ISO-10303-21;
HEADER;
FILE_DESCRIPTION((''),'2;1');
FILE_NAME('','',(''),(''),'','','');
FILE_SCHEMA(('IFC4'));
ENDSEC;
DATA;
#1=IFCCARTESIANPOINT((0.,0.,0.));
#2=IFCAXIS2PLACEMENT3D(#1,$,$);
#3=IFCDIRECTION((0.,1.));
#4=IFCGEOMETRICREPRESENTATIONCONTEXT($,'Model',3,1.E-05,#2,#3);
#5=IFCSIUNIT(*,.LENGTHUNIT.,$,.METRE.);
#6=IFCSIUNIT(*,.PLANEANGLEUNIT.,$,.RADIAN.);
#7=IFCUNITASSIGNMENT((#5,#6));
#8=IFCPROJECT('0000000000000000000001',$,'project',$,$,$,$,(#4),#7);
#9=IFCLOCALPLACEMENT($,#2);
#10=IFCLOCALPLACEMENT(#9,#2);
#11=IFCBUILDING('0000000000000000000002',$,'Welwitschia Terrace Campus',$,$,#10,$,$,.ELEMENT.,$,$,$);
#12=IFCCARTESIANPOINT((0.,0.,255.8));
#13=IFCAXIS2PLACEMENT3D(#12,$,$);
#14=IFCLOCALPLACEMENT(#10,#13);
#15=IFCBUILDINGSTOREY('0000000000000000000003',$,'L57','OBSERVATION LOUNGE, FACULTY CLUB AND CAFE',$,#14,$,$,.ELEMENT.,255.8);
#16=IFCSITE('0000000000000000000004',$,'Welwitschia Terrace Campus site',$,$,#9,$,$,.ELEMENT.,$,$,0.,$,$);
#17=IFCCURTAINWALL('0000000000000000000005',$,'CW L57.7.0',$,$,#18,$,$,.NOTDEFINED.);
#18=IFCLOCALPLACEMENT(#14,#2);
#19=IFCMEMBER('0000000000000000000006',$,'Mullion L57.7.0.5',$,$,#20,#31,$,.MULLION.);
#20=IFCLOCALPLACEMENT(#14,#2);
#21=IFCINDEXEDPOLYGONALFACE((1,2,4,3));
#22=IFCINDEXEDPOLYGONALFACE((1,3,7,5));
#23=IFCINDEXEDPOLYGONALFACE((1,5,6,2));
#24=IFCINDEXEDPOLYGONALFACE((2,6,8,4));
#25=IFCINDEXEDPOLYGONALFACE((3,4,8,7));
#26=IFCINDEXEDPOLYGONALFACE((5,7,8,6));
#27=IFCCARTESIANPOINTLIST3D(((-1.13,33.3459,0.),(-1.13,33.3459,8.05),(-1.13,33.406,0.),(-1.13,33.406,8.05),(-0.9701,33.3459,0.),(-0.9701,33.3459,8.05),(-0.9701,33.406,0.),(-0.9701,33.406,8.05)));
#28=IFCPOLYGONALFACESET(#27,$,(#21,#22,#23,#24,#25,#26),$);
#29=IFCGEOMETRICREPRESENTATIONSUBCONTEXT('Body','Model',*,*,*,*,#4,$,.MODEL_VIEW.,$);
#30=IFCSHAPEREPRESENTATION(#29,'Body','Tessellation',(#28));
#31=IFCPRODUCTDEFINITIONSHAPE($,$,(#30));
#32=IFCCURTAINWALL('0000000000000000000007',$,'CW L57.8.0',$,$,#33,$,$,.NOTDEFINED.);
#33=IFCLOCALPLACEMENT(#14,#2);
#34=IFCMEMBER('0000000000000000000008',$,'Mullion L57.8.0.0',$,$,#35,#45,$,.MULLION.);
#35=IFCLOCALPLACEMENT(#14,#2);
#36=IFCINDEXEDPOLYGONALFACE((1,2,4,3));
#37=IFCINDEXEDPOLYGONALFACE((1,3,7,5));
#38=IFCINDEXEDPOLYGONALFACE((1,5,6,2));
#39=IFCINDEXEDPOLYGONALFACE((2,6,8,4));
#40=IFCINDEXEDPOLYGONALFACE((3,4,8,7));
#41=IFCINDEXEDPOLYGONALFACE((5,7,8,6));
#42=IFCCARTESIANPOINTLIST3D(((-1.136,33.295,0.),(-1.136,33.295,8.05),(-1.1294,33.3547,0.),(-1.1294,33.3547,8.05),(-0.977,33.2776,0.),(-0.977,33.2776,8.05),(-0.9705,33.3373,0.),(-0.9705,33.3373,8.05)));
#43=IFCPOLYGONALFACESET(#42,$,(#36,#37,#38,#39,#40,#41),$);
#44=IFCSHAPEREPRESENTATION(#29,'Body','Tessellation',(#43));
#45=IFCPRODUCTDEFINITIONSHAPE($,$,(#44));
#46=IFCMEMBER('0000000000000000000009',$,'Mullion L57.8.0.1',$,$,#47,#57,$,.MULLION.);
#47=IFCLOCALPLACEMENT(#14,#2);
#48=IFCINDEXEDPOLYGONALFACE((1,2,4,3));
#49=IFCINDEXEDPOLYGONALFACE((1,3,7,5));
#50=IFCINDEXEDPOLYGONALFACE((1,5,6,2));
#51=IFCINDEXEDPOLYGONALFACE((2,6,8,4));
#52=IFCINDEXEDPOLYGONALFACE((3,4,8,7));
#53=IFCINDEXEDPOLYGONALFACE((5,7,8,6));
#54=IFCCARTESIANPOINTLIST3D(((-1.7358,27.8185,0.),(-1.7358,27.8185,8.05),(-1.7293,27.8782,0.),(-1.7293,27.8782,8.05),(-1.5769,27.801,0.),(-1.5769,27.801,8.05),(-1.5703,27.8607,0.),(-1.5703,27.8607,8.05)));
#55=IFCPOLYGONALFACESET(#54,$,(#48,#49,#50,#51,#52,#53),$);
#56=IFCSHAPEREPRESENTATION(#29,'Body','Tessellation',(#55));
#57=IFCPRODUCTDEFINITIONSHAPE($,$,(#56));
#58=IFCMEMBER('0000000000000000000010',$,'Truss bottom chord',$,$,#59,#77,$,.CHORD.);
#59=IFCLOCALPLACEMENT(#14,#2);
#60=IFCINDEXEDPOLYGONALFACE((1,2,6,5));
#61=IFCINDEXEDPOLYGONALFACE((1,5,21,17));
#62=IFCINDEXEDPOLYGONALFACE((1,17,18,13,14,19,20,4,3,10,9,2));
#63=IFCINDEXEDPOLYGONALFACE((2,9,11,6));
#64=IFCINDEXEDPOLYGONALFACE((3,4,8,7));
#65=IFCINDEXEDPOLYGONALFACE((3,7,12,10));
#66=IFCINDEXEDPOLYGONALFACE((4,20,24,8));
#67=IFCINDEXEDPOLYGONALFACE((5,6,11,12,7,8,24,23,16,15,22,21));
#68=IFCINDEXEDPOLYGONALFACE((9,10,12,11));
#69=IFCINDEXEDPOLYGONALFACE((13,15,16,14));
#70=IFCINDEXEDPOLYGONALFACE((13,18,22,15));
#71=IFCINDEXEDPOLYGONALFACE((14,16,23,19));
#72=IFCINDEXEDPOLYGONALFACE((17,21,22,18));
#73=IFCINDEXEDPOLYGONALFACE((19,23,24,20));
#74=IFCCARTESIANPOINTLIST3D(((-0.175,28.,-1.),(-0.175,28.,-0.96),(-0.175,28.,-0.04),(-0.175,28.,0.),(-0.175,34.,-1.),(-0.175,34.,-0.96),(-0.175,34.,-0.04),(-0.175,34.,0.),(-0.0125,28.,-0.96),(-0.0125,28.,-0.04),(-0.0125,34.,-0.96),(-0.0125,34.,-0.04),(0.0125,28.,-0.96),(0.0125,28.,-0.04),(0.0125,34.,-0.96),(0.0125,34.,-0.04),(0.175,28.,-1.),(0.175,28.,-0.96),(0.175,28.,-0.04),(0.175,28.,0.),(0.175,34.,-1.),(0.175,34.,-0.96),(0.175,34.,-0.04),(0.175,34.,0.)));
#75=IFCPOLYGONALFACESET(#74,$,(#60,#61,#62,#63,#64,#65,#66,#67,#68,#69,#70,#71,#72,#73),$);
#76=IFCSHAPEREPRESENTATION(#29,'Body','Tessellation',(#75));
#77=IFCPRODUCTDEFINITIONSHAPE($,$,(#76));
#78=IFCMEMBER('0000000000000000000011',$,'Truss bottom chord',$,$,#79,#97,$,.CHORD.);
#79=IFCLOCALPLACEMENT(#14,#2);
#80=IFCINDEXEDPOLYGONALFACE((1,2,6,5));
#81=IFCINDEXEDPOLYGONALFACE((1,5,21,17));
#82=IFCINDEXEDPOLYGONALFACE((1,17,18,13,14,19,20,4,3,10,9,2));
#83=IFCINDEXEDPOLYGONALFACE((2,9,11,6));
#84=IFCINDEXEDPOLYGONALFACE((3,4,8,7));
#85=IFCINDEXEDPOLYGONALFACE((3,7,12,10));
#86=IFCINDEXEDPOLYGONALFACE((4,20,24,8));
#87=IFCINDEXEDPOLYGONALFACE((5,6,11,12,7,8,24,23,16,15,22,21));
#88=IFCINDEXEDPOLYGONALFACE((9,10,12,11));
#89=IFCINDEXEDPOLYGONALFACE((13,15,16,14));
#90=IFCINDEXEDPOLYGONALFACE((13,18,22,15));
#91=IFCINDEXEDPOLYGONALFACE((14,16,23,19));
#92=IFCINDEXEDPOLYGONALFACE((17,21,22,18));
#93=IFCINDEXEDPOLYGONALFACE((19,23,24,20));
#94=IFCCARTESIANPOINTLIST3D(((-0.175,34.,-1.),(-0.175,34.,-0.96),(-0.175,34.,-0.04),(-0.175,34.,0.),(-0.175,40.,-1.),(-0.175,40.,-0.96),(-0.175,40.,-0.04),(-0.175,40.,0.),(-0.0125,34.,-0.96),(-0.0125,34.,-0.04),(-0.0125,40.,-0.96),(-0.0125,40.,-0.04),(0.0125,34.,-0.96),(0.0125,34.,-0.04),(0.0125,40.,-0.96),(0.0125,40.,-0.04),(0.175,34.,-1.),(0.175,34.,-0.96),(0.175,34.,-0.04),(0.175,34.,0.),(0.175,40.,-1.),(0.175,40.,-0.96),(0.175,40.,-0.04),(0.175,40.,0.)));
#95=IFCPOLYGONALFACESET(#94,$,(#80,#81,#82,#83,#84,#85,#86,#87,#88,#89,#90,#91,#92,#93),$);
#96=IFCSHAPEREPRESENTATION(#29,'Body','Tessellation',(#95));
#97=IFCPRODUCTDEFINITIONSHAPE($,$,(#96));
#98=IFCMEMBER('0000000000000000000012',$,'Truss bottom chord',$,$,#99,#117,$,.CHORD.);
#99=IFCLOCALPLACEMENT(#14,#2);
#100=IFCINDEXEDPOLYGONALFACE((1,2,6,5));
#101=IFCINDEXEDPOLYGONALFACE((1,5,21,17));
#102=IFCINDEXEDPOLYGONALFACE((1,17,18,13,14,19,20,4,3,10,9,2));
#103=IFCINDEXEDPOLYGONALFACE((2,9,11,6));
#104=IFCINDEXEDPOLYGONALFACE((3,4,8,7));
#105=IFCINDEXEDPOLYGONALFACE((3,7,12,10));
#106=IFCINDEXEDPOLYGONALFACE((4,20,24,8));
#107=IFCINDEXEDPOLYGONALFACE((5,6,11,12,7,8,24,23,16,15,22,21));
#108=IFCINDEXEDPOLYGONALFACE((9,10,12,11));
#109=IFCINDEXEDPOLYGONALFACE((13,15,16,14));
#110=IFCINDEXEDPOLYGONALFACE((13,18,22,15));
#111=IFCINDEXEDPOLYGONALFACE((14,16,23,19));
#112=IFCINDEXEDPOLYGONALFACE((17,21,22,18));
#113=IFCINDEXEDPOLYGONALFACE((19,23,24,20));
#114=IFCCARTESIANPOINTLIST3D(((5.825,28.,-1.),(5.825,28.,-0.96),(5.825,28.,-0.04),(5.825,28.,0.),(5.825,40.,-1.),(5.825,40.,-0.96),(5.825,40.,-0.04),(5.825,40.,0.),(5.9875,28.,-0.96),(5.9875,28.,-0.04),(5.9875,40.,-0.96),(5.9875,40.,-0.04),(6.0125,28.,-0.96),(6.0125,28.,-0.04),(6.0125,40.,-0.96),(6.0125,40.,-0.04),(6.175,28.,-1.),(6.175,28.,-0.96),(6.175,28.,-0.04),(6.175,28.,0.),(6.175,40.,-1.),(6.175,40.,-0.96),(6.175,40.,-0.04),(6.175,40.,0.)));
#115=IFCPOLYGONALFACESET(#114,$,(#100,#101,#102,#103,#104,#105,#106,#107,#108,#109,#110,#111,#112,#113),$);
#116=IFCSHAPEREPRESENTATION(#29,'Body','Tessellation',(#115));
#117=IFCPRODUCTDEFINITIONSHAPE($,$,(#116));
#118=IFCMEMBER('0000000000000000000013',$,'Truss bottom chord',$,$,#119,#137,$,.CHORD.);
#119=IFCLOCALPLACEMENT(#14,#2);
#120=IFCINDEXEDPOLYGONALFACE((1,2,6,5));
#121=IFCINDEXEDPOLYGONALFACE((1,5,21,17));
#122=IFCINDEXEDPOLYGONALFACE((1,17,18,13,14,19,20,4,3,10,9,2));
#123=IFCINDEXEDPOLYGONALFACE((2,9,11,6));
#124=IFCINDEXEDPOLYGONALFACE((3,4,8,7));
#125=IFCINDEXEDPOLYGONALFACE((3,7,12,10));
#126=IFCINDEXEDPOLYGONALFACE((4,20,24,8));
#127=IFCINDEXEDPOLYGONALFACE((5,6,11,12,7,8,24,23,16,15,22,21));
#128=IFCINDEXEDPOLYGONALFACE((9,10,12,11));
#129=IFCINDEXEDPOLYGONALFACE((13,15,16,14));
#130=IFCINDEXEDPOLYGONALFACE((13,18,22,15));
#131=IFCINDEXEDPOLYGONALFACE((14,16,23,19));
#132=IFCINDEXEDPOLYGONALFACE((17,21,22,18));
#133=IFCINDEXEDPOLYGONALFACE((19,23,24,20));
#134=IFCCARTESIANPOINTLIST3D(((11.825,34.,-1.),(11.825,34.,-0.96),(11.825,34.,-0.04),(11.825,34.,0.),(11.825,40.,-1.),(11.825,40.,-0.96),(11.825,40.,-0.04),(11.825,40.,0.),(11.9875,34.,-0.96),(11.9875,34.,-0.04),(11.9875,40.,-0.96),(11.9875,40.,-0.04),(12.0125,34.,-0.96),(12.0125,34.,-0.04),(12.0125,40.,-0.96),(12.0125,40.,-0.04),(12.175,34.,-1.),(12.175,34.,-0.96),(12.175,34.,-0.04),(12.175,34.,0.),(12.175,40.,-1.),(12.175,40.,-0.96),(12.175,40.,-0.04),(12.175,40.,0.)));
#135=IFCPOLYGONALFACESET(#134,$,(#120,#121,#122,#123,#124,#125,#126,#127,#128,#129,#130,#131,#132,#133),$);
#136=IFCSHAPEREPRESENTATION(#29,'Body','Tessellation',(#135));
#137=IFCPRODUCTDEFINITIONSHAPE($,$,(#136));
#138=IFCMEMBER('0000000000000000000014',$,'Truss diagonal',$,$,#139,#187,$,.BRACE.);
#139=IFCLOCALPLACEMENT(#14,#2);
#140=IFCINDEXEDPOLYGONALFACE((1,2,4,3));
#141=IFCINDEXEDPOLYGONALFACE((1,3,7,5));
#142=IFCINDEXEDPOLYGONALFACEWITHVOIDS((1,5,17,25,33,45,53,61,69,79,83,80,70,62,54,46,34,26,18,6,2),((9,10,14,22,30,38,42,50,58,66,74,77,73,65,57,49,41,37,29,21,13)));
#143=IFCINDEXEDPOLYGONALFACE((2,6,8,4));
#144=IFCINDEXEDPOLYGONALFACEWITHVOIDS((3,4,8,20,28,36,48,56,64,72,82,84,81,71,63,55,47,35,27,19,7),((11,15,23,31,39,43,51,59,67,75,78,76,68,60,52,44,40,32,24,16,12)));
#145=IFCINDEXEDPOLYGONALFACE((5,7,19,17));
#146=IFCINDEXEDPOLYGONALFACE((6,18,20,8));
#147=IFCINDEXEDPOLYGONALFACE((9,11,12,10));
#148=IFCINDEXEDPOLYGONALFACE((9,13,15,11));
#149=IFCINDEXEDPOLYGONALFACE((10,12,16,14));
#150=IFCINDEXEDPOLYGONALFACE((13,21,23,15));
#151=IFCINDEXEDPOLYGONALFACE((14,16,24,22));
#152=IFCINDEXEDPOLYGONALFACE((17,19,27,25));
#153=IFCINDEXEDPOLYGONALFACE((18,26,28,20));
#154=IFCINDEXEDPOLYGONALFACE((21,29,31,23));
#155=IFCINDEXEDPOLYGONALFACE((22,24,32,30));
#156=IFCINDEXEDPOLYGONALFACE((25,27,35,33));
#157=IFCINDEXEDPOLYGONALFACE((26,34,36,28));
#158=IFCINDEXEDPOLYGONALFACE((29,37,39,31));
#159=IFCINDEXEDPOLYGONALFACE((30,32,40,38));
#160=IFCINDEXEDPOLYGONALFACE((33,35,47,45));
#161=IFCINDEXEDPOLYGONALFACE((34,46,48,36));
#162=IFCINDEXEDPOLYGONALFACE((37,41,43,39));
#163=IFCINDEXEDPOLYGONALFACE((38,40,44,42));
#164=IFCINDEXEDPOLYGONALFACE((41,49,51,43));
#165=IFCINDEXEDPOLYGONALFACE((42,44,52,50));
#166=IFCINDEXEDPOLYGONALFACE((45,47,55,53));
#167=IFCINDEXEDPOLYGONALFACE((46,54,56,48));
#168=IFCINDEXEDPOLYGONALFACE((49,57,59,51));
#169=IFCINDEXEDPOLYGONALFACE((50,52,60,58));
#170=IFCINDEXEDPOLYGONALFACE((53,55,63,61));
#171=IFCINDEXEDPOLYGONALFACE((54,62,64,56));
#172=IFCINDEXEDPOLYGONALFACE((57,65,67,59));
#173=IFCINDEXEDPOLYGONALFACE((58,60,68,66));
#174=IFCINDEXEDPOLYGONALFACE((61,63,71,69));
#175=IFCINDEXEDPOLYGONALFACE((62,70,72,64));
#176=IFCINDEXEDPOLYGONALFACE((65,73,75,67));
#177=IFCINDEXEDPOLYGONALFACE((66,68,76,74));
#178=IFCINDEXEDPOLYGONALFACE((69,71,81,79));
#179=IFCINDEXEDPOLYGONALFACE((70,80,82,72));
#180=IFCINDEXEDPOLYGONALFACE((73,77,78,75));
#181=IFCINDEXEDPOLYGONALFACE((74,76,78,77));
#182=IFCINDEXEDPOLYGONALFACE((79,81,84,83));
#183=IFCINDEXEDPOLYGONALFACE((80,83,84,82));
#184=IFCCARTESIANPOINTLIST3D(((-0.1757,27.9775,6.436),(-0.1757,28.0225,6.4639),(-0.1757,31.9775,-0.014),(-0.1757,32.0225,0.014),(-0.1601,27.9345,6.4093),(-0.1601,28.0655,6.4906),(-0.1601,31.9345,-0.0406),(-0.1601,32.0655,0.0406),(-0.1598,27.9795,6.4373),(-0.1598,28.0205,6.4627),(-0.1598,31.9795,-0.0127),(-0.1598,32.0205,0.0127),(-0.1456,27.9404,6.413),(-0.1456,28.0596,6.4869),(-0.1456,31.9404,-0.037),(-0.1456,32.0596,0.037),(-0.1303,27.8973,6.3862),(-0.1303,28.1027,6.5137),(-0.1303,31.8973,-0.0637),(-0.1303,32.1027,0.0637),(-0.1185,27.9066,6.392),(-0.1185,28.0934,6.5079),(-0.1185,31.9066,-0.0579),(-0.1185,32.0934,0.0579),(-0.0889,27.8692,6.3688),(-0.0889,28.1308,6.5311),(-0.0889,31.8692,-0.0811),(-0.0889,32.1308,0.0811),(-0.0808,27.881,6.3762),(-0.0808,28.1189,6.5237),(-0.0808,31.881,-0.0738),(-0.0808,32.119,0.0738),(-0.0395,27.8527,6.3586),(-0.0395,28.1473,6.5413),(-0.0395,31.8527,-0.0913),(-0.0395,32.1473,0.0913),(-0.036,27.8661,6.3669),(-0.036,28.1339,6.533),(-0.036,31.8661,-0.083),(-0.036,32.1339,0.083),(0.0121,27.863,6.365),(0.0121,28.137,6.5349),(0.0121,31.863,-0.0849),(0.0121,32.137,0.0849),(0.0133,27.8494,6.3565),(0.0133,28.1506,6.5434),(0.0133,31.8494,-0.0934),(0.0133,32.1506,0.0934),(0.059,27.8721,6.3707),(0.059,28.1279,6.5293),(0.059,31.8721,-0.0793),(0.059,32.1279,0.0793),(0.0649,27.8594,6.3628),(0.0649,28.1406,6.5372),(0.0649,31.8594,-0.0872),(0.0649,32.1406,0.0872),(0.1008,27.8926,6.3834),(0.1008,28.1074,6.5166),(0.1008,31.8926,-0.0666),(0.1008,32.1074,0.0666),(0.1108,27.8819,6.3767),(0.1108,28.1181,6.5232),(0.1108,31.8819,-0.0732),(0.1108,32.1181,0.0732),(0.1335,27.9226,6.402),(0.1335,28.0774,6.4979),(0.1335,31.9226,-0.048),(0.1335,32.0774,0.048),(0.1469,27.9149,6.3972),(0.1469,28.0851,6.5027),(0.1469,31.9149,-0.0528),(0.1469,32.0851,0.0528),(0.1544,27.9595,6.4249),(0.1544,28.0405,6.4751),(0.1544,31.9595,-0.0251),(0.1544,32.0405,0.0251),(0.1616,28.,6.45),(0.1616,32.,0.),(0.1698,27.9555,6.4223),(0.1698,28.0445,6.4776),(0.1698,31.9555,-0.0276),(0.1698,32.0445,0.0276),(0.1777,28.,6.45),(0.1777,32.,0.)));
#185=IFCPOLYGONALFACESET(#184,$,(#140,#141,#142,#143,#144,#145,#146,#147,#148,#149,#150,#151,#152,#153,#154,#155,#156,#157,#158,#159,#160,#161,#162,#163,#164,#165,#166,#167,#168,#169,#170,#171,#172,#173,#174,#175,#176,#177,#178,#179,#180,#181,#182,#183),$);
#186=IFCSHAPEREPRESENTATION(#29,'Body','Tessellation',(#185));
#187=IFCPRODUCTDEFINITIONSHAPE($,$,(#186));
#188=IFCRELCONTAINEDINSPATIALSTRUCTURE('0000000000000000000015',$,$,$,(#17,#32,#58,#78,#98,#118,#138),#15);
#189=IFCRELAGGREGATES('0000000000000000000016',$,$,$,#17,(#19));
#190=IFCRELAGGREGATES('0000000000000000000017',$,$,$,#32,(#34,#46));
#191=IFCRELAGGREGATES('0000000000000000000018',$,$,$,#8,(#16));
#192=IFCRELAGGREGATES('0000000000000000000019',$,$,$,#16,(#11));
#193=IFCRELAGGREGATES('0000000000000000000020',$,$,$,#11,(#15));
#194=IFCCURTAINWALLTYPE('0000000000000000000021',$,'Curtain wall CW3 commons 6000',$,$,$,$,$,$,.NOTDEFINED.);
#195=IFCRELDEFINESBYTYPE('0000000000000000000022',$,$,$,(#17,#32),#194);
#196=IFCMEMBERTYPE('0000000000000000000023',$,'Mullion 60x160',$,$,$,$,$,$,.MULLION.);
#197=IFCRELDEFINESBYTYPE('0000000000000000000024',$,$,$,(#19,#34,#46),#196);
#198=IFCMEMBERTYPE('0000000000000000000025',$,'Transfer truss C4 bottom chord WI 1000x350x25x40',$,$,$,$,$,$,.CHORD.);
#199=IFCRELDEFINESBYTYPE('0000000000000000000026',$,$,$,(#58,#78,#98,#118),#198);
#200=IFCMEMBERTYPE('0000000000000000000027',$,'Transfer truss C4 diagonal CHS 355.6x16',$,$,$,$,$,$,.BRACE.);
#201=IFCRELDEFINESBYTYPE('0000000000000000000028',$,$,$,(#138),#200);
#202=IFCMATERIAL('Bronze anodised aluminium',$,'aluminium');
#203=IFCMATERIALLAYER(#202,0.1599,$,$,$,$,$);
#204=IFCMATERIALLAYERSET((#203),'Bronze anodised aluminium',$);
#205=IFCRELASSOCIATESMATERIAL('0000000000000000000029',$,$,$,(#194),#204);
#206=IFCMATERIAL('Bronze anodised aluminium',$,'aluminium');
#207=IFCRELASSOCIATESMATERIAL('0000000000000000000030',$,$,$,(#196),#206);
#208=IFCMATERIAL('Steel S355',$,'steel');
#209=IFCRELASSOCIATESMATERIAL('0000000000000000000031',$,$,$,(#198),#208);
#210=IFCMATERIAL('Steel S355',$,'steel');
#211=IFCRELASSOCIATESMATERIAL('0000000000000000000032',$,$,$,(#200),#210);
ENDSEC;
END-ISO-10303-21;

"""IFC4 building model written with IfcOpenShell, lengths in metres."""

from ifc_helpers import new_model, si_unit, direction, frame, origin, origin_2d, place, context, subcontext, project, spatial, rectangle, hollow_circle, i_section, extrude, material, layer, layer_set, material_profile, profile_set, type_object, element, aggregate, save


model = new_model("IFC4")

# Units and contexts
model_context = context("Model", 3, precision=1e-05, world=origin(), true_north=direction((0.0, 1.0)))
body_context = subcontext(model_context, "Body", "Model", "MODEL_VIEW")
ifc_project = project(units=[si_unit("LENGTHUNIT", "METRE"), si_unit("PLANEANGLEUNIT", "RADIAN")], contexts=[model_context])

# Site, building, storey
site_placement = place(None, origin())
site = spatial("IfcSite", under=ifc_project, at=site_placement, Name="Welwitschia Terrace Campus site", CompositionType="ELEMENT", RefElevation=0.0)
building_placement = place(site_placement, origin())
building = spatial("IfcBuilding", under=site, at=building_placement, Name="Welwitschia Terrace Campus", CompositionType="ELEMENT")
storey_placement = place(building_placement, frame((0.0, 0.0, 255.8)))
storey = spatial("IfcBuildingStorey", under=building, at=storey_placement, Name="L57", Description="OBSERVATION LOUNGE, FACULTY CLUB AND CAFE", CompositionType="ELEMENT", Elevation=255.8)

# Curtain wall, member
ifc_material_1 = material(Name="Bronze anodised aluminium", Category="aluminium")
ifc_layer_1 = layer(ifc_material_1, 0.1599)
ifc_layer_set_1 = layer_set([ifc_layer_1], Name="Bronze anodised aluminium")
curtain_wall_type = type_object("IfcCurtainWallType", Name="Curtain wall CW3 commons 6000", PredefinedType="NOTDEFINED", material=ifc_layer_set_1)
curtain_wall_1_placement = place(storey_placement, origin())
curtain_wall_1 = element("IfcCurtainWall", 1, at=curtain_wall_1_placement, inside=storey, type_object=curtain_wall_type, Name="CW L57.7.0", PredefinedType="NOTDEFINED")
ifc_material_2 = material(Name="Bronze anodised aluminium", Category="aluminium")
ifc_material_profile_1 = material_profile(ifc_material_2, rectangle(XDim=0.1599, YDim=0.0601, at=origin_2d()))
ifc_profile_set_1 = profile_set([ifc_material_profile_1], Name="Bronze anodised aluminium")
member_type_1 = type_object("IfcMemberType", Name="Mullion 60x160", PredefinedType="MULLION", material=ifc_profile_set_1)
member_1_placement = place(storey_placement, frame((-1.05, 33.376, 0.0), z_axis=(0.0, 0.0, 1.0), x_axis=(1.0, 0.0, 0.0)))
member_1 = element("IfcMember", 2, at=member_1_placement, type_object=member_type_1, Name="Mullion L57.7.0.5", PredefinedType="MULLION", context=body_context, shape_type="SweptSolid", body=[
    extrude(rectangle(XDim=0.1599, YDim=0.0601, at=origin_2d()), origin(), (0.0, 0.0, 1.0), 8.05),
])
aggregate(curtain_wall_1, [member_1])

# Curtain wall, members
curtain_wall_2_placement = place(storey_placement, origin())
curtain_wall_2 = element("IfcCurtainWall", 3, at=curtain_wall_2_placement, inside=storey, type_object=curtain_wall_type, Name="CW L57.8.0", PredefinedType="NOTDEFINED")
member_2_placement = place(storey_placement, frame((-1.0532, 33.3162, 0.0), z_axis=(0.0, 0.0, 1.0), x_axis=(0.994056, -0.108867, 0.0)))
member_2 = element("IfcMember", 4, at=member_2_placement, type_object=member_type_1, Name="Mullion L57.8.0.0", PredefinedType="MULLION", context=body_context, shape_type="SweptSolid", body=[
    extrude(rectangle(XDim=0.1599, YDim=0.0601, at=origin_2d()), origin(), (0.0, 0.0, 1.0), 8.05),
])
member_3_placement = place(storey_placement, frame((-1.6531, 27.8396, 0.0), z_axis=(0.0, 0.0, 1.0), x_axis=(0.994056, -0.108867, 0.0)))
member_3 = element("IfcMember", 5, at=member_3_placement, type_object=member_type_1, Name="Mullion L57.8.0.1", PredefinedType="MULLION", context=body_context, shape_type="SweptSolid", body=[
    extrude(rectangle(XDim=0.1599, YDim=0.0601, at=origin_2d()), origin(), (0.0, 0.0, 1.0), 8.05),
])

# Members
ifc_material_3 = material(Name="Steel S355", Category="steel")
ifc_material_profile_2 = material_profile(ifc_material_3, i_section(OverallWidth=0.3501, OverallDepth=1.0, WebThickness=0.0249, FlangeThickness=0.04, at=origin_2d()))
ifc_profile_set_2 = profile_set([ifc_material_profile_2], Name="Steel S355")
member_type_2 = type_object("IfcMemberType", Name="Transfer truss C4 bottom chord WI 1000x350x25x40", PredefinedType="CHORD", material=ifc_profile_set_2)
for number, where, z_axis, x_axis, name in (
    (6, (0.0, 28.0, -0.5), (0.0, 1.0, 0.0), (-1.0, 0.0, 0.0), "Truss bottom chord"),
    (7, (0.0, 34.0, -0.5), (0.0, 1.0, 0.0), (-1.0, 0.0, 0.0), "Truss bottom chord"),
):
    element("IfcMember", number, at=place(storey_placement, frame(where, z_axis=z_axis, x_axis=x_axis)), inside=storey, type_object=member_type_2, Name=name, PredefinedType="CHORD", context=body_context, shape_type="SweptSolid", body=[
        extrude(i_section(OverallWidth=0.3501, OverallDepth=1.0, WebThickness=0.0249, FlangeThickness=0.04, at=origin_2d()), origin(), (0.0, 0.0, 1.0), 6.0),
    ])
member_4_placement = place(storey_placement, frame((6.0, 28.0, -0.5), z_axis=(0.0, 1.0, 0.0), x_axis=(-1.0, 0.0, 0.0)))
element("IfcMember", 8, at=member_4_placement, inside=storey, type_object=member_type_2, Name="Truss bottom chord", PredefinedType="CHORD", context=body_context, shape_type="SweptSolid", body=[
    extrude(i_section(OverallWidth=0.3501, OverallDepth=1.0, WebThickness=0.0249, FlangeThickness=0.04, at=origin_2d()), origin(), (0.0, 0.0, 1.0), 12.0),
])
member_5_placement = place(storey_placement, frame((12.0, 34.0, -0.5), z_axis=(0.0, 1.0, 0.0), x_axis=(-1.0, 0.0, 0.0)))
element("IfcMember", 9, at=member_5_placement, inside=storey, type_object=member_type_2, Name="Truss bottom chord", PredefinedType="CHORD", context=body_context, shape_type="SweptSolid", body=[
    extrude(i_section(OverallWidth=0.3501, OverallDepth=1.0, WebThickness=0.0249, FlangeThickness=0.04, at=origin_2d()), origin(), (0.0, 0.0, 1.0), 6.0),
])
ifc_material_4 = material(Name="Steel S355", Category="steel")
ifc_material_profile_3 = material_profile(ifc_material_4, hollow_circle(Radius=0.1777, WallThickness=0.0161, at=origin_2d()))
ifc_profile_set_3 = profile_set([ifc_material_profile_3], Name="Steel S355")
member_type_3 = type_object("IfcMemberType", Name="Transfer truss C4 diagonal CHS 355.6x16", PredefinedType="BRACE", material=ifc_profile_set_3)
member_6_placement = place(storey_placement, frame((0.0, 32.0, 0.0), z_axis=(0.0, -0.527038, 0.849842), x_axis=(1.0, 0.0, 0.0)))
element("IfcMember", 10, at=member_6_placement, inside=storey, type_object=member_type_3, Name="Truss diagonal", PredefinedType="BRACE", context=body_context, shape_type="SweptSolid", body=[
    extrude(hollow_circle(Radius=0.1777, WallThickness=0.0161, at=origin_2d()), origin(), (0.0, 0.0, 1.0), 7.5896),
])

aggregate(curtain_wall_2, [member_2, member_3])

save(model, "model.ifc")
